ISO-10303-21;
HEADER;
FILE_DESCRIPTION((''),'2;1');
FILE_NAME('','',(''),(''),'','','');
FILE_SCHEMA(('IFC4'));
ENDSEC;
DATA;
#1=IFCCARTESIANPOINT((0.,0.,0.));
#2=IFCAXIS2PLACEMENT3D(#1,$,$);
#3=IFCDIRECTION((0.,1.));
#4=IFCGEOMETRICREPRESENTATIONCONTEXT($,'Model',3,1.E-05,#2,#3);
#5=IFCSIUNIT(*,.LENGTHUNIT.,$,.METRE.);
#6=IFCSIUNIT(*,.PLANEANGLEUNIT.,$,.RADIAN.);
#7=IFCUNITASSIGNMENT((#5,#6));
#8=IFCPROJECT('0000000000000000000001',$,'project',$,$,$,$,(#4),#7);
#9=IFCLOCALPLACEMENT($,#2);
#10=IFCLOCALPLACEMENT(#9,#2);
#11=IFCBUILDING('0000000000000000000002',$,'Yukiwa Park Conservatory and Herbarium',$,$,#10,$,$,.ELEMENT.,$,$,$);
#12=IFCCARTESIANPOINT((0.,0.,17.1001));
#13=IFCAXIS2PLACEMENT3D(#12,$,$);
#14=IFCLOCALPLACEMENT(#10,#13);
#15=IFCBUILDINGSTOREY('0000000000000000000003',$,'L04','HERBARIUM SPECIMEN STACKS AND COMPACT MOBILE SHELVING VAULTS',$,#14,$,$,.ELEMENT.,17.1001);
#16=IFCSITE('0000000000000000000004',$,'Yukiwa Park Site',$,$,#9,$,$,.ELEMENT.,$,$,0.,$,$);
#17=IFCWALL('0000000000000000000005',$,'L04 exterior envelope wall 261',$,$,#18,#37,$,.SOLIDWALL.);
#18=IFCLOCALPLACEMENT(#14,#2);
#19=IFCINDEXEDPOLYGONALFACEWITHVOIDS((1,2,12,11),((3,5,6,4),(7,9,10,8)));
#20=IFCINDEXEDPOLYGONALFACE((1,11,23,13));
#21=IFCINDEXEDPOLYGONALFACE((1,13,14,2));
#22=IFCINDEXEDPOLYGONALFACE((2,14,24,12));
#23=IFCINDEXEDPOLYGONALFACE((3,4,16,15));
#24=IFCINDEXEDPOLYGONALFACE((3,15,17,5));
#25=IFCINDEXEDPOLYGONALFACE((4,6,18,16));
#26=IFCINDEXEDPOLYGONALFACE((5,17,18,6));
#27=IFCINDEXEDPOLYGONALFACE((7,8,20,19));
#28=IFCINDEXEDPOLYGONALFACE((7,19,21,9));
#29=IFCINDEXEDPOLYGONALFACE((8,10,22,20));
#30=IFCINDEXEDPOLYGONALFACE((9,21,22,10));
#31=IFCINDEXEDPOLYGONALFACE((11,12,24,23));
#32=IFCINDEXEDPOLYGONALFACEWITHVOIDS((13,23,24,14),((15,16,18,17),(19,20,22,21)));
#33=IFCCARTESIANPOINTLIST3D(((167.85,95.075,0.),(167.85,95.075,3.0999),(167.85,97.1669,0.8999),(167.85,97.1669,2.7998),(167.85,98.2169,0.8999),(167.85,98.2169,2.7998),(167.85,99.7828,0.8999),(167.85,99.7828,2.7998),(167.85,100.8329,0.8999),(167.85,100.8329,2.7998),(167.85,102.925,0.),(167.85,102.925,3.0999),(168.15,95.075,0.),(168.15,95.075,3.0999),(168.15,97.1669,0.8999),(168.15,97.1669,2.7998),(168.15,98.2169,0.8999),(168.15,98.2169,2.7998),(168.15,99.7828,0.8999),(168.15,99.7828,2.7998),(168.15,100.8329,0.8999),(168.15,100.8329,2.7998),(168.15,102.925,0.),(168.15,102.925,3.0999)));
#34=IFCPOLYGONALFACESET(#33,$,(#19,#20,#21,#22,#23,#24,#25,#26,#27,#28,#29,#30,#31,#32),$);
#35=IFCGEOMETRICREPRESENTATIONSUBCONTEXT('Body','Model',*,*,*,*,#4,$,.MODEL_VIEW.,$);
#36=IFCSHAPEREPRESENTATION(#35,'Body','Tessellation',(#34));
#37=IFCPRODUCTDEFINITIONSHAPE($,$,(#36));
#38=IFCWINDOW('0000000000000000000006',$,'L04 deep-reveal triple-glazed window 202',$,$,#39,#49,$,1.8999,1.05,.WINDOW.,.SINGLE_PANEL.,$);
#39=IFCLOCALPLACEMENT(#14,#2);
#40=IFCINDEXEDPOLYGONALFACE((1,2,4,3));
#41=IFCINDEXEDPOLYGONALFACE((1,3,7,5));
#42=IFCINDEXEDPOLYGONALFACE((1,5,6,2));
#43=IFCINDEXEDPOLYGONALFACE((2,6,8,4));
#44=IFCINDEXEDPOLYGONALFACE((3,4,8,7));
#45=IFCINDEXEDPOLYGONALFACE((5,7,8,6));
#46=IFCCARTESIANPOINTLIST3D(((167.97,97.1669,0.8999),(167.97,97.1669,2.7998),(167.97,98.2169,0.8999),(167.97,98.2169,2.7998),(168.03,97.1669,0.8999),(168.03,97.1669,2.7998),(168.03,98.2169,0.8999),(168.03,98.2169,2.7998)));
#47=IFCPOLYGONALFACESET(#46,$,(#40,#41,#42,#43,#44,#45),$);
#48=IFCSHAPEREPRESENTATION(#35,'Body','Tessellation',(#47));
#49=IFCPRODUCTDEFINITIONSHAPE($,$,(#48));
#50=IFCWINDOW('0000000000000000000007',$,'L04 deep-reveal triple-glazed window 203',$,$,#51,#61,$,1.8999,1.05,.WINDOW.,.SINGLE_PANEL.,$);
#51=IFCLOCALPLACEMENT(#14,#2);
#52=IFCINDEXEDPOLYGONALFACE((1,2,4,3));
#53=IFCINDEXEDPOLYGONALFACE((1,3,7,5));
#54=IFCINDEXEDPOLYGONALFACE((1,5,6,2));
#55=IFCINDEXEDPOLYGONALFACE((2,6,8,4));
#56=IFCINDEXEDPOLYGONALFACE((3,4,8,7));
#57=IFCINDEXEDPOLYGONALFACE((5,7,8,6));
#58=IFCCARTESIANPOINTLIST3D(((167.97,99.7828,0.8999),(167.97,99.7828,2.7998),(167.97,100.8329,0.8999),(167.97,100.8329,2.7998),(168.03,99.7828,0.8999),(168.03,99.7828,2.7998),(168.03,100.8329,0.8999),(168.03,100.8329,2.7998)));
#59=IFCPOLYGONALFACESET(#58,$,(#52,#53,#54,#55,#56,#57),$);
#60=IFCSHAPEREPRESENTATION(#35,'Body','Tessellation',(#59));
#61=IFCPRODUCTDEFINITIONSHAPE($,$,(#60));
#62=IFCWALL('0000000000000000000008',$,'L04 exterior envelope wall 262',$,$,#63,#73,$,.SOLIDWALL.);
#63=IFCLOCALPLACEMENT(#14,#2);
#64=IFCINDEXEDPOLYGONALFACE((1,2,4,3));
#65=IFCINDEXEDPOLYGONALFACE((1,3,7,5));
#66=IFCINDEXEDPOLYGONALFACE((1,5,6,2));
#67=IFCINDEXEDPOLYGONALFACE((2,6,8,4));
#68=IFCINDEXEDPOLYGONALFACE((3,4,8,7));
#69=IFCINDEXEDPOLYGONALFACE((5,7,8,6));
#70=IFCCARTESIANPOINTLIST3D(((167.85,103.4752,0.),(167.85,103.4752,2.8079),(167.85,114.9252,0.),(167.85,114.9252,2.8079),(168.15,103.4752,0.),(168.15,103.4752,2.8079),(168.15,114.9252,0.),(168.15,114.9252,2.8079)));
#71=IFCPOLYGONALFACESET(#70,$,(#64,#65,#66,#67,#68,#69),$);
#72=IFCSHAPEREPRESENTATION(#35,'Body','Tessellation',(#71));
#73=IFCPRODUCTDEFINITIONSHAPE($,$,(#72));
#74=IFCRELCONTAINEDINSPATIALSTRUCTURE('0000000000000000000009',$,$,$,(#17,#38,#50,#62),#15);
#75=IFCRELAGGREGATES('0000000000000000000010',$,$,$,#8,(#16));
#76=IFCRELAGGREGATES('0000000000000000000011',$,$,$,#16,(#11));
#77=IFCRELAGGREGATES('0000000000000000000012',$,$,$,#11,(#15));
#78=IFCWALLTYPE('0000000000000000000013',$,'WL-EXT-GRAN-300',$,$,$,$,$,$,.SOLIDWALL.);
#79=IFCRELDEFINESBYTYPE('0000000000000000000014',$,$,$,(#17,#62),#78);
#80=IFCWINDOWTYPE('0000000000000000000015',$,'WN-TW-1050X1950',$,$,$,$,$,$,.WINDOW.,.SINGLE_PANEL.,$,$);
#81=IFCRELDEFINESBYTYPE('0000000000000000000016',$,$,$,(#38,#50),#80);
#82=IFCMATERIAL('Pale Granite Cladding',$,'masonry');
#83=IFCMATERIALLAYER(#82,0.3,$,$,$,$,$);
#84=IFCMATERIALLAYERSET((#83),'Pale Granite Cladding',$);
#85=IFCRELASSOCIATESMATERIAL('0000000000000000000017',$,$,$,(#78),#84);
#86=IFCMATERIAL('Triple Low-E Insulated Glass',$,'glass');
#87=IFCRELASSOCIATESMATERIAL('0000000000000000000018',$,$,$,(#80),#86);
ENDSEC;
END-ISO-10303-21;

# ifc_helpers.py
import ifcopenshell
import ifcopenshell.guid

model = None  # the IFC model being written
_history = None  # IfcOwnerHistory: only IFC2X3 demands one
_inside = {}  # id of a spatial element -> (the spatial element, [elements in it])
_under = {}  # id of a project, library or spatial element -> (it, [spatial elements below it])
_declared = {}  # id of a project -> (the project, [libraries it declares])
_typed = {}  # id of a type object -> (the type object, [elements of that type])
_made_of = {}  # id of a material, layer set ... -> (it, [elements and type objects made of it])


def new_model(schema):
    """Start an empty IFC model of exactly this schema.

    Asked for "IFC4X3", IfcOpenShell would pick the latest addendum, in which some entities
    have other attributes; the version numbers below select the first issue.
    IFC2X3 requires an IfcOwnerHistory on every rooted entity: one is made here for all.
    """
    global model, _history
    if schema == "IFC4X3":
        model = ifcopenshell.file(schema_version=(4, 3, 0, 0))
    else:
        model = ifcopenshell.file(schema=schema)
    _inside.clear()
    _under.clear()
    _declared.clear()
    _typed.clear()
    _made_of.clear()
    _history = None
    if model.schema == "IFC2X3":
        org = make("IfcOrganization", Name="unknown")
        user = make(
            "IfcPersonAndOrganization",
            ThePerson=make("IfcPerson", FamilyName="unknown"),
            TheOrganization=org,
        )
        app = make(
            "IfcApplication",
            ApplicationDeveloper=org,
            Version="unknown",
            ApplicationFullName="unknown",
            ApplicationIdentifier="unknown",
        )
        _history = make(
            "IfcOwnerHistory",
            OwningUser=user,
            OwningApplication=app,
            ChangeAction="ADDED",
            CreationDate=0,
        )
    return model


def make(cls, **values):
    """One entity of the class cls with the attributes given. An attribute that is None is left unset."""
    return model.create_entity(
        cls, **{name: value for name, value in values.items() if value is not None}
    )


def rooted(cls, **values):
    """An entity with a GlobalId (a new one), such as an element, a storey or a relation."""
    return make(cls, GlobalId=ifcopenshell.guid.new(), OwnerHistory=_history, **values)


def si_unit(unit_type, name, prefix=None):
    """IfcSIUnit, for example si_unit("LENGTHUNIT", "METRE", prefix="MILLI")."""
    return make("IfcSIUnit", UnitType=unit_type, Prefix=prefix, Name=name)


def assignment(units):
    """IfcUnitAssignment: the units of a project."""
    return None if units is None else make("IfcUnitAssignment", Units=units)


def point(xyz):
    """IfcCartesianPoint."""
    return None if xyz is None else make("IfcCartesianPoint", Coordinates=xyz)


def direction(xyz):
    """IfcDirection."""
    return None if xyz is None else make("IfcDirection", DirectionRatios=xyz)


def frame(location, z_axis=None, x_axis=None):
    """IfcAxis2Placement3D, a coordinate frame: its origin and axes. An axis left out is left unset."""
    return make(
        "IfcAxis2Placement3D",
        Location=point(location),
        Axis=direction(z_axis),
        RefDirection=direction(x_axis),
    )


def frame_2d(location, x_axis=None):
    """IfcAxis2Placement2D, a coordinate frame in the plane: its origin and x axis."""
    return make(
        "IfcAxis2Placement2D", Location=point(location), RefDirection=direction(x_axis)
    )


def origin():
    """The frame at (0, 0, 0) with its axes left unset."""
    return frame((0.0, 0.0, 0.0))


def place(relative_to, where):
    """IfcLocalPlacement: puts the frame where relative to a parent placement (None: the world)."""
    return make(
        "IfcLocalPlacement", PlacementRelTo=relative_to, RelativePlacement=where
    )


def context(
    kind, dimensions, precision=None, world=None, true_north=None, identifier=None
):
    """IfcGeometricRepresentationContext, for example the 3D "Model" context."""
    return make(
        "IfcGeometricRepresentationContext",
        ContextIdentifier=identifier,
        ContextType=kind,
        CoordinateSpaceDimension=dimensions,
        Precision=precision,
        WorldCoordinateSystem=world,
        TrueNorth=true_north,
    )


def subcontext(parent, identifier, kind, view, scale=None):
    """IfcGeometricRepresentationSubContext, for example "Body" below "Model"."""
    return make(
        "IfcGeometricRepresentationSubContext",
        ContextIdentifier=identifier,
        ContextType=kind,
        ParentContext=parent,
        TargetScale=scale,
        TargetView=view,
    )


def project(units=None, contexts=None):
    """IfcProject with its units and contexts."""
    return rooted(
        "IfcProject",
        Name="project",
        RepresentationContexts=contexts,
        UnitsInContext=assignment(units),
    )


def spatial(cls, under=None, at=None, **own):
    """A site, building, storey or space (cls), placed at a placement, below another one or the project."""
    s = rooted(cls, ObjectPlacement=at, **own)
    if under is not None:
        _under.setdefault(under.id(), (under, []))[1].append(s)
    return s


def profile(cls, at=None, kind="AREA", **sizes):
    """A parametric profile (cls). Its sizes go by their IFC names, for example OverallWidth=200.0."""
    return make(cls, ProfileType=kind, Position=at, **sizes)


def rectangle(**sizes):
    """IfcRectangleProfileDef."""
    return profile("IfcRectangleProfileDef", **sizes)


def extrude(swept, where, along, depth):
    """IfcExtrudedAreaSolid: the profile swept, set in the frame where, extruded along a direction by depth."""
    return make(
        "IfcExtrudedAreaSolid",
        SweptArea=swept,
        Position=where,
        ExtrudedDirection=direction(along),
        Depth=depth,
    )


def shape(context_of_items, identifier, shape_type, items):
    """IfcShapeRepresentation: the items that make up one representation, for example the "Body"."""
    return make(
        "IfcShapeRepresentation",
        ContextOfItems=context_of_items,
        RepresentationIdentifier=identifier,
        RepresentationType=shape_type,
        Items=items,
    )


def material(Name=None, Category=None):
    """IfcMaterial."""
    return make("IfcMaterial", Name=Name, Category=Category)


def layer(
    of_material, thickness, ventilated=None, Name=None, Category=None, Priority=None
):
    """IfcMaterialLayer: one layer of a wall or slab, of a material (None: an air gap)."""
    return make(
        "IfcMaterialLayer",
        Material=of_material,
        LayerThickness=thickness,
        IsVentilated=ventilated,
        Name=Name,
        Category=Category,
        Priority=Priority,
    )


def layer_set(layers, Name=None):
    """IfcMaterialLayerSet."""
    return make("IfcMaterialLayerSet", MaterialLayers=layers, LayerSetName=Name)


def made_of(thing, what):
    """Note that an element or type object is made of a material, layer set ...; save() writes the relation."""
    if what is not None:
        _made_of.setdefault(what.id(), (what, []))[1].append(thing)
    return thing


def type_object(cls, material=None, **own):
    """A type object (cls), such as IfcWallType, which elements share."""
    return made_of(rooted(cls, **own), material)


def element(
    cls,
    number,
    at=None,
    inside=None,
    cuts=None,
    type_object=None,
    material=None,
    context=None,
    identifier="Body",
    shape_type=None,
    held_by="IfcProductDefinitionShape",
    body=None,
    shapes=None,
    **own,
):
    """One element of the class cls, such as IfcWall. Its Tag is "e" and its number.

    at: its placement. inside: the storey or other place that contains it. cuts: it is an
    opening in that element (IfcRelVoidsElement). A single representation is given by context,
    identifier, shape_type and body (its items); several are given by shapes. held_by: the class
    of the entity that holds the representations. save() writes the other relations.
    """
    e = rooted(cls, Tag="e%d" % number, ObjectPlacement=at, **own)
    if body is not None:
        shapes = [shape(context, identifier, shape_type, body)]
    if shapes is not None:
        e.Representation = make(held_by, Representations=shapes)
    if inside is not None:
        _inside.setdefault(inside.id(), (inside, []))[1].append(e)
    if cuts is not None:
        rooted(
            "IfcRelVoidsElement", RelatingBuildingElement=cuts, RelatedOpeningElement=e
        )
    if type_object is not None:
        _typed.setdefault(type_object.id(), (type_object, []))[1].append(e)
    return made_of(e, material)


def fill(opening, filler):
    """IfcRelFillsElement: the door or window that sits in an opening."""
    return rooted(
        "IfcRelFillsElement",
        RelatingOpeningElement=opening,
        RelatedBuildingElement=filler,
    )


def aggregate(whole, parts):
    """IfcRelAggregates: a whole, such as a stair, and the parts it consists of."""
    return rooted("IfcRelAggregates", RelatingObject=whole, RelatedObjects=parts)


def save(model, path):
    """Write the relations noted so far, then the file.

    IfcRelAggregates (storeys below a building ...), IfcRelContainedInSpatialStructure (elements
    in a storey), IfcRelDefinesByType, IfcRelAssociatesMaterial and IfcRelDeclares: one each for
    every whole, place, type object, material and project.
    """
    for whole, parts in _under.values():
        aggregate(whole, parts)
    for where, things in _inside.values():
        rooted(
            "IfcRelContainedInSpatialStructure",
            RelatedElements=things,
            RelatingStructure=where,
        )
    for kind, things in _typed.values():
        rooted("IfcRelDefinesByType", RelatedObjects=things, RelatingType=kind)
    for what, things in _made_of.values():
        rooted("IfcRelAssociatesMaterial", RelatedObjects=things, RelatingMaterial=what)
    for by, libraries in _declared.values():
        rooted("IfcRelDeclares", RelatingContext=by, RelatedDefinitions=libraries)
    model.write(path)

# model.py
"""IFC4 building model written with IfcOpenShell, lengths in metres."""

from ifc_helpers import new_model, si_unit, direction, frame, frame_2d, origin, place, context, subcontext, project, spatial, rectangle, extrude, material, layer, layer_set, type_object, element, fill, save


model = new_model("IFC4")

# Units and contexts
model_context = context("Model", 3, precision=1e-05, world=origin(), true_north=direction((0.0, 1.0)))
body_context = subcontext(model_context, "Body", "Model", "MODEL_VIEW")
ifc_project = project(units=[si_unit("LENGTHUNIT", "METRE"), si_unit("PLANEANGLEUNIT", "RADIAN")], contexts=[model_context])

# Site, building, storey
site_placement = place(None, origin())
site = spatial("IfcSite", under=ifc_project, at=site_placement, Name="Yukiwa Park Site", CompositionType="ELEMENT", RefElevation=0.0)
building_placement = place(site_placement, origin())
building = spatial("IfcBuilding", under=site, at=building_placement, Name="Yukiwa Park Conservatory and Herbarium", CompositionType="ELEMENT")
storey_placement = place(building_placement, frame((0.0, 0.0, 17.1001)))
storey = spatial("IfcBuildingStorey", under=building, at=storey_placement, Name="L04", Description="HERBARIUM SPECIMEN STACKS AND COMPACT MOBILE SHELVING VAULTS", CompositionType="ELEMENT", Elevation=17.1001)

# Wall, openings, windows
ifc_material_1 = material(Name="Pale Granite Cladding", Category="masonry")
ifc_layer_1 = layer(ifc_material_1, 0.3)
ifc_layer_set_1 = layer_set([ifc_layer_1], Name="Pale Granite Cladding")
wall_type_1 = type_object("IfcWallType", Name="WL-EXT-GRAN-300", PredefinedType="SOLIDWALL", material=ifc_layer_set_1)
wall_1_placement = place(storey_placement, frame((168.0, 95.075, 0.0), z_axis=(0.0, 0.0, 1.0), x_axis=(0.0, 1.0, 0.0)))
wall_1 = element("IfcWall", 1, at=wall_1_placement, inside=storey, type_object=wall_type_1, Name="L04 exterior envelope wall 261", PredefinedType="SOLIDWALL", context=body_context, shape_type="SweptSolid", body=[
    extrude(rectangle(XDim=7.8501, YDim=0.3, at=frame_2d((3.925, 0.0))), origin(), (0.0, 0.0, 1.0), 3.0999),
])
opening_1_placement = place(wall_1_placement, frame((2.092, 0.0, 0.8999)))
opening_1 = element("IfcOpeningElement", 2, at=opening_1_placement, cuts=wall_1, PredefinedType="OPENING", context=body_context, shape_type="SweptSolid", body=[
    extrude(rectangle(XDim=1.05, YDim=1.8999, at=frame_2d((0.5249, 0.95))), frame((0.0, 0.1602, 0.0), z_axis=(0.0, -1.0, 0.0), x_axis=(1.0, 0.0, 0.0)), (0.0, 0.0, 1.0), 0.3201),
])
opening_2_placement = place(wall_1_placement, frame((4.708, 0.0, 0.8999)))
opening_2 = element("IfcOpeningElement", 3, at=opening_2_placement, cuts=wall_1, PredefinedType="OPENING", context=body_context, shape_type="SweptSolid", body=[
    extrude(rectangle(XDim=1.05, YDim=1.8999, at=frame_2d((0.5249, 0.95))), frame((0.0, 0.1602, 0.0), z_axis=(0.0, -1.0, 0.0), x_axis=(1.0, 0.0, 0.0)), (0.0, 0.0, 1.0), 0.3201),
])
ifc_material_2 = material(Name="Triple Low-E Insulated Glass", Category="glass")
window_type = type_object("IfcWindowType", Name="WN-TW-1050X1950", PartitioningType="SINGLE_PANEL", PredefinedType="WINDOW", material=ifc_material_2)
window_1_placement = place(opening_1_placement, origin())
window_1 = element("IfcWindow", 4, at=window_1_placement, inside=storey, type_object=window_type, Name="L04 deep-reveal triple-glazed window 202", OverallHeight=1.8999, OverallWidth=1.05, PartitioningType="SINGLE_PANEL", PredefinedType="WINDOW", context=body_context, shape_type="SweptSolid", body=[
    extrude(rectangle(XDim=1.05, YDim=1.8999, at=frame_2d((0.5249, 0.95))), frame((0.0, 0.03, 0.0), z_axis=(0.0, -1.0, 0.0), x_axis=(1.0, 0.0, 0.0)), (0.0, 0.0, 1.0), 0.0601),
])
fill(opening_1, window_1)
window_2_placement = place(opening_2_placement, origin())
window_2 = element("IfcWindow", 5, at=window_2_placement, inside=storey, type_object=window_type, Name="L04 deep-reveal triple-glazed window 203", OverallHeight=1.8999, OverallWidth=1.05, PartitioningType="SINGLE_PANEL", PredefinedType="WINDOW", context=body_context, shape_type="SweptSolid", body=[
    extrude(rectangle(XDim=1.05, YDim=1.8999, at=frame_2d((0.5249, 0.95))), frame((0.0, 0.03, 0.0), z_axis=(0.0, -1.0, 0.0), x_axis=(1.0, 0.0, 0.0)), (0.0, 0.0, 1.0), 0.0601),
])
fill(opening_2, window_2)

# Wall
wall_2_placement = place(storey_placement, frame((168.0, 103.4751, 0.0), z_axis=(0.0, 0.0, 1.0), x_axis=(0.0, 1.0, 0.0)))
element("IfcWall", 6, at=wall_2_placement, inside=storey, type_object=wall_type_1, Name="L04 exterior envelope wall 262", PredefinedType="SOLIDWALL", context=body_context, shape_type="SweptSolid", body=[
    extrude(rectangle(XDim=11.45, YDim=0.3, at=frame_2d((5.7251, 0.0))), origin(), (0.0, 0.0, 1.0), 2.8079),
])

save(model, "model.ifc")
